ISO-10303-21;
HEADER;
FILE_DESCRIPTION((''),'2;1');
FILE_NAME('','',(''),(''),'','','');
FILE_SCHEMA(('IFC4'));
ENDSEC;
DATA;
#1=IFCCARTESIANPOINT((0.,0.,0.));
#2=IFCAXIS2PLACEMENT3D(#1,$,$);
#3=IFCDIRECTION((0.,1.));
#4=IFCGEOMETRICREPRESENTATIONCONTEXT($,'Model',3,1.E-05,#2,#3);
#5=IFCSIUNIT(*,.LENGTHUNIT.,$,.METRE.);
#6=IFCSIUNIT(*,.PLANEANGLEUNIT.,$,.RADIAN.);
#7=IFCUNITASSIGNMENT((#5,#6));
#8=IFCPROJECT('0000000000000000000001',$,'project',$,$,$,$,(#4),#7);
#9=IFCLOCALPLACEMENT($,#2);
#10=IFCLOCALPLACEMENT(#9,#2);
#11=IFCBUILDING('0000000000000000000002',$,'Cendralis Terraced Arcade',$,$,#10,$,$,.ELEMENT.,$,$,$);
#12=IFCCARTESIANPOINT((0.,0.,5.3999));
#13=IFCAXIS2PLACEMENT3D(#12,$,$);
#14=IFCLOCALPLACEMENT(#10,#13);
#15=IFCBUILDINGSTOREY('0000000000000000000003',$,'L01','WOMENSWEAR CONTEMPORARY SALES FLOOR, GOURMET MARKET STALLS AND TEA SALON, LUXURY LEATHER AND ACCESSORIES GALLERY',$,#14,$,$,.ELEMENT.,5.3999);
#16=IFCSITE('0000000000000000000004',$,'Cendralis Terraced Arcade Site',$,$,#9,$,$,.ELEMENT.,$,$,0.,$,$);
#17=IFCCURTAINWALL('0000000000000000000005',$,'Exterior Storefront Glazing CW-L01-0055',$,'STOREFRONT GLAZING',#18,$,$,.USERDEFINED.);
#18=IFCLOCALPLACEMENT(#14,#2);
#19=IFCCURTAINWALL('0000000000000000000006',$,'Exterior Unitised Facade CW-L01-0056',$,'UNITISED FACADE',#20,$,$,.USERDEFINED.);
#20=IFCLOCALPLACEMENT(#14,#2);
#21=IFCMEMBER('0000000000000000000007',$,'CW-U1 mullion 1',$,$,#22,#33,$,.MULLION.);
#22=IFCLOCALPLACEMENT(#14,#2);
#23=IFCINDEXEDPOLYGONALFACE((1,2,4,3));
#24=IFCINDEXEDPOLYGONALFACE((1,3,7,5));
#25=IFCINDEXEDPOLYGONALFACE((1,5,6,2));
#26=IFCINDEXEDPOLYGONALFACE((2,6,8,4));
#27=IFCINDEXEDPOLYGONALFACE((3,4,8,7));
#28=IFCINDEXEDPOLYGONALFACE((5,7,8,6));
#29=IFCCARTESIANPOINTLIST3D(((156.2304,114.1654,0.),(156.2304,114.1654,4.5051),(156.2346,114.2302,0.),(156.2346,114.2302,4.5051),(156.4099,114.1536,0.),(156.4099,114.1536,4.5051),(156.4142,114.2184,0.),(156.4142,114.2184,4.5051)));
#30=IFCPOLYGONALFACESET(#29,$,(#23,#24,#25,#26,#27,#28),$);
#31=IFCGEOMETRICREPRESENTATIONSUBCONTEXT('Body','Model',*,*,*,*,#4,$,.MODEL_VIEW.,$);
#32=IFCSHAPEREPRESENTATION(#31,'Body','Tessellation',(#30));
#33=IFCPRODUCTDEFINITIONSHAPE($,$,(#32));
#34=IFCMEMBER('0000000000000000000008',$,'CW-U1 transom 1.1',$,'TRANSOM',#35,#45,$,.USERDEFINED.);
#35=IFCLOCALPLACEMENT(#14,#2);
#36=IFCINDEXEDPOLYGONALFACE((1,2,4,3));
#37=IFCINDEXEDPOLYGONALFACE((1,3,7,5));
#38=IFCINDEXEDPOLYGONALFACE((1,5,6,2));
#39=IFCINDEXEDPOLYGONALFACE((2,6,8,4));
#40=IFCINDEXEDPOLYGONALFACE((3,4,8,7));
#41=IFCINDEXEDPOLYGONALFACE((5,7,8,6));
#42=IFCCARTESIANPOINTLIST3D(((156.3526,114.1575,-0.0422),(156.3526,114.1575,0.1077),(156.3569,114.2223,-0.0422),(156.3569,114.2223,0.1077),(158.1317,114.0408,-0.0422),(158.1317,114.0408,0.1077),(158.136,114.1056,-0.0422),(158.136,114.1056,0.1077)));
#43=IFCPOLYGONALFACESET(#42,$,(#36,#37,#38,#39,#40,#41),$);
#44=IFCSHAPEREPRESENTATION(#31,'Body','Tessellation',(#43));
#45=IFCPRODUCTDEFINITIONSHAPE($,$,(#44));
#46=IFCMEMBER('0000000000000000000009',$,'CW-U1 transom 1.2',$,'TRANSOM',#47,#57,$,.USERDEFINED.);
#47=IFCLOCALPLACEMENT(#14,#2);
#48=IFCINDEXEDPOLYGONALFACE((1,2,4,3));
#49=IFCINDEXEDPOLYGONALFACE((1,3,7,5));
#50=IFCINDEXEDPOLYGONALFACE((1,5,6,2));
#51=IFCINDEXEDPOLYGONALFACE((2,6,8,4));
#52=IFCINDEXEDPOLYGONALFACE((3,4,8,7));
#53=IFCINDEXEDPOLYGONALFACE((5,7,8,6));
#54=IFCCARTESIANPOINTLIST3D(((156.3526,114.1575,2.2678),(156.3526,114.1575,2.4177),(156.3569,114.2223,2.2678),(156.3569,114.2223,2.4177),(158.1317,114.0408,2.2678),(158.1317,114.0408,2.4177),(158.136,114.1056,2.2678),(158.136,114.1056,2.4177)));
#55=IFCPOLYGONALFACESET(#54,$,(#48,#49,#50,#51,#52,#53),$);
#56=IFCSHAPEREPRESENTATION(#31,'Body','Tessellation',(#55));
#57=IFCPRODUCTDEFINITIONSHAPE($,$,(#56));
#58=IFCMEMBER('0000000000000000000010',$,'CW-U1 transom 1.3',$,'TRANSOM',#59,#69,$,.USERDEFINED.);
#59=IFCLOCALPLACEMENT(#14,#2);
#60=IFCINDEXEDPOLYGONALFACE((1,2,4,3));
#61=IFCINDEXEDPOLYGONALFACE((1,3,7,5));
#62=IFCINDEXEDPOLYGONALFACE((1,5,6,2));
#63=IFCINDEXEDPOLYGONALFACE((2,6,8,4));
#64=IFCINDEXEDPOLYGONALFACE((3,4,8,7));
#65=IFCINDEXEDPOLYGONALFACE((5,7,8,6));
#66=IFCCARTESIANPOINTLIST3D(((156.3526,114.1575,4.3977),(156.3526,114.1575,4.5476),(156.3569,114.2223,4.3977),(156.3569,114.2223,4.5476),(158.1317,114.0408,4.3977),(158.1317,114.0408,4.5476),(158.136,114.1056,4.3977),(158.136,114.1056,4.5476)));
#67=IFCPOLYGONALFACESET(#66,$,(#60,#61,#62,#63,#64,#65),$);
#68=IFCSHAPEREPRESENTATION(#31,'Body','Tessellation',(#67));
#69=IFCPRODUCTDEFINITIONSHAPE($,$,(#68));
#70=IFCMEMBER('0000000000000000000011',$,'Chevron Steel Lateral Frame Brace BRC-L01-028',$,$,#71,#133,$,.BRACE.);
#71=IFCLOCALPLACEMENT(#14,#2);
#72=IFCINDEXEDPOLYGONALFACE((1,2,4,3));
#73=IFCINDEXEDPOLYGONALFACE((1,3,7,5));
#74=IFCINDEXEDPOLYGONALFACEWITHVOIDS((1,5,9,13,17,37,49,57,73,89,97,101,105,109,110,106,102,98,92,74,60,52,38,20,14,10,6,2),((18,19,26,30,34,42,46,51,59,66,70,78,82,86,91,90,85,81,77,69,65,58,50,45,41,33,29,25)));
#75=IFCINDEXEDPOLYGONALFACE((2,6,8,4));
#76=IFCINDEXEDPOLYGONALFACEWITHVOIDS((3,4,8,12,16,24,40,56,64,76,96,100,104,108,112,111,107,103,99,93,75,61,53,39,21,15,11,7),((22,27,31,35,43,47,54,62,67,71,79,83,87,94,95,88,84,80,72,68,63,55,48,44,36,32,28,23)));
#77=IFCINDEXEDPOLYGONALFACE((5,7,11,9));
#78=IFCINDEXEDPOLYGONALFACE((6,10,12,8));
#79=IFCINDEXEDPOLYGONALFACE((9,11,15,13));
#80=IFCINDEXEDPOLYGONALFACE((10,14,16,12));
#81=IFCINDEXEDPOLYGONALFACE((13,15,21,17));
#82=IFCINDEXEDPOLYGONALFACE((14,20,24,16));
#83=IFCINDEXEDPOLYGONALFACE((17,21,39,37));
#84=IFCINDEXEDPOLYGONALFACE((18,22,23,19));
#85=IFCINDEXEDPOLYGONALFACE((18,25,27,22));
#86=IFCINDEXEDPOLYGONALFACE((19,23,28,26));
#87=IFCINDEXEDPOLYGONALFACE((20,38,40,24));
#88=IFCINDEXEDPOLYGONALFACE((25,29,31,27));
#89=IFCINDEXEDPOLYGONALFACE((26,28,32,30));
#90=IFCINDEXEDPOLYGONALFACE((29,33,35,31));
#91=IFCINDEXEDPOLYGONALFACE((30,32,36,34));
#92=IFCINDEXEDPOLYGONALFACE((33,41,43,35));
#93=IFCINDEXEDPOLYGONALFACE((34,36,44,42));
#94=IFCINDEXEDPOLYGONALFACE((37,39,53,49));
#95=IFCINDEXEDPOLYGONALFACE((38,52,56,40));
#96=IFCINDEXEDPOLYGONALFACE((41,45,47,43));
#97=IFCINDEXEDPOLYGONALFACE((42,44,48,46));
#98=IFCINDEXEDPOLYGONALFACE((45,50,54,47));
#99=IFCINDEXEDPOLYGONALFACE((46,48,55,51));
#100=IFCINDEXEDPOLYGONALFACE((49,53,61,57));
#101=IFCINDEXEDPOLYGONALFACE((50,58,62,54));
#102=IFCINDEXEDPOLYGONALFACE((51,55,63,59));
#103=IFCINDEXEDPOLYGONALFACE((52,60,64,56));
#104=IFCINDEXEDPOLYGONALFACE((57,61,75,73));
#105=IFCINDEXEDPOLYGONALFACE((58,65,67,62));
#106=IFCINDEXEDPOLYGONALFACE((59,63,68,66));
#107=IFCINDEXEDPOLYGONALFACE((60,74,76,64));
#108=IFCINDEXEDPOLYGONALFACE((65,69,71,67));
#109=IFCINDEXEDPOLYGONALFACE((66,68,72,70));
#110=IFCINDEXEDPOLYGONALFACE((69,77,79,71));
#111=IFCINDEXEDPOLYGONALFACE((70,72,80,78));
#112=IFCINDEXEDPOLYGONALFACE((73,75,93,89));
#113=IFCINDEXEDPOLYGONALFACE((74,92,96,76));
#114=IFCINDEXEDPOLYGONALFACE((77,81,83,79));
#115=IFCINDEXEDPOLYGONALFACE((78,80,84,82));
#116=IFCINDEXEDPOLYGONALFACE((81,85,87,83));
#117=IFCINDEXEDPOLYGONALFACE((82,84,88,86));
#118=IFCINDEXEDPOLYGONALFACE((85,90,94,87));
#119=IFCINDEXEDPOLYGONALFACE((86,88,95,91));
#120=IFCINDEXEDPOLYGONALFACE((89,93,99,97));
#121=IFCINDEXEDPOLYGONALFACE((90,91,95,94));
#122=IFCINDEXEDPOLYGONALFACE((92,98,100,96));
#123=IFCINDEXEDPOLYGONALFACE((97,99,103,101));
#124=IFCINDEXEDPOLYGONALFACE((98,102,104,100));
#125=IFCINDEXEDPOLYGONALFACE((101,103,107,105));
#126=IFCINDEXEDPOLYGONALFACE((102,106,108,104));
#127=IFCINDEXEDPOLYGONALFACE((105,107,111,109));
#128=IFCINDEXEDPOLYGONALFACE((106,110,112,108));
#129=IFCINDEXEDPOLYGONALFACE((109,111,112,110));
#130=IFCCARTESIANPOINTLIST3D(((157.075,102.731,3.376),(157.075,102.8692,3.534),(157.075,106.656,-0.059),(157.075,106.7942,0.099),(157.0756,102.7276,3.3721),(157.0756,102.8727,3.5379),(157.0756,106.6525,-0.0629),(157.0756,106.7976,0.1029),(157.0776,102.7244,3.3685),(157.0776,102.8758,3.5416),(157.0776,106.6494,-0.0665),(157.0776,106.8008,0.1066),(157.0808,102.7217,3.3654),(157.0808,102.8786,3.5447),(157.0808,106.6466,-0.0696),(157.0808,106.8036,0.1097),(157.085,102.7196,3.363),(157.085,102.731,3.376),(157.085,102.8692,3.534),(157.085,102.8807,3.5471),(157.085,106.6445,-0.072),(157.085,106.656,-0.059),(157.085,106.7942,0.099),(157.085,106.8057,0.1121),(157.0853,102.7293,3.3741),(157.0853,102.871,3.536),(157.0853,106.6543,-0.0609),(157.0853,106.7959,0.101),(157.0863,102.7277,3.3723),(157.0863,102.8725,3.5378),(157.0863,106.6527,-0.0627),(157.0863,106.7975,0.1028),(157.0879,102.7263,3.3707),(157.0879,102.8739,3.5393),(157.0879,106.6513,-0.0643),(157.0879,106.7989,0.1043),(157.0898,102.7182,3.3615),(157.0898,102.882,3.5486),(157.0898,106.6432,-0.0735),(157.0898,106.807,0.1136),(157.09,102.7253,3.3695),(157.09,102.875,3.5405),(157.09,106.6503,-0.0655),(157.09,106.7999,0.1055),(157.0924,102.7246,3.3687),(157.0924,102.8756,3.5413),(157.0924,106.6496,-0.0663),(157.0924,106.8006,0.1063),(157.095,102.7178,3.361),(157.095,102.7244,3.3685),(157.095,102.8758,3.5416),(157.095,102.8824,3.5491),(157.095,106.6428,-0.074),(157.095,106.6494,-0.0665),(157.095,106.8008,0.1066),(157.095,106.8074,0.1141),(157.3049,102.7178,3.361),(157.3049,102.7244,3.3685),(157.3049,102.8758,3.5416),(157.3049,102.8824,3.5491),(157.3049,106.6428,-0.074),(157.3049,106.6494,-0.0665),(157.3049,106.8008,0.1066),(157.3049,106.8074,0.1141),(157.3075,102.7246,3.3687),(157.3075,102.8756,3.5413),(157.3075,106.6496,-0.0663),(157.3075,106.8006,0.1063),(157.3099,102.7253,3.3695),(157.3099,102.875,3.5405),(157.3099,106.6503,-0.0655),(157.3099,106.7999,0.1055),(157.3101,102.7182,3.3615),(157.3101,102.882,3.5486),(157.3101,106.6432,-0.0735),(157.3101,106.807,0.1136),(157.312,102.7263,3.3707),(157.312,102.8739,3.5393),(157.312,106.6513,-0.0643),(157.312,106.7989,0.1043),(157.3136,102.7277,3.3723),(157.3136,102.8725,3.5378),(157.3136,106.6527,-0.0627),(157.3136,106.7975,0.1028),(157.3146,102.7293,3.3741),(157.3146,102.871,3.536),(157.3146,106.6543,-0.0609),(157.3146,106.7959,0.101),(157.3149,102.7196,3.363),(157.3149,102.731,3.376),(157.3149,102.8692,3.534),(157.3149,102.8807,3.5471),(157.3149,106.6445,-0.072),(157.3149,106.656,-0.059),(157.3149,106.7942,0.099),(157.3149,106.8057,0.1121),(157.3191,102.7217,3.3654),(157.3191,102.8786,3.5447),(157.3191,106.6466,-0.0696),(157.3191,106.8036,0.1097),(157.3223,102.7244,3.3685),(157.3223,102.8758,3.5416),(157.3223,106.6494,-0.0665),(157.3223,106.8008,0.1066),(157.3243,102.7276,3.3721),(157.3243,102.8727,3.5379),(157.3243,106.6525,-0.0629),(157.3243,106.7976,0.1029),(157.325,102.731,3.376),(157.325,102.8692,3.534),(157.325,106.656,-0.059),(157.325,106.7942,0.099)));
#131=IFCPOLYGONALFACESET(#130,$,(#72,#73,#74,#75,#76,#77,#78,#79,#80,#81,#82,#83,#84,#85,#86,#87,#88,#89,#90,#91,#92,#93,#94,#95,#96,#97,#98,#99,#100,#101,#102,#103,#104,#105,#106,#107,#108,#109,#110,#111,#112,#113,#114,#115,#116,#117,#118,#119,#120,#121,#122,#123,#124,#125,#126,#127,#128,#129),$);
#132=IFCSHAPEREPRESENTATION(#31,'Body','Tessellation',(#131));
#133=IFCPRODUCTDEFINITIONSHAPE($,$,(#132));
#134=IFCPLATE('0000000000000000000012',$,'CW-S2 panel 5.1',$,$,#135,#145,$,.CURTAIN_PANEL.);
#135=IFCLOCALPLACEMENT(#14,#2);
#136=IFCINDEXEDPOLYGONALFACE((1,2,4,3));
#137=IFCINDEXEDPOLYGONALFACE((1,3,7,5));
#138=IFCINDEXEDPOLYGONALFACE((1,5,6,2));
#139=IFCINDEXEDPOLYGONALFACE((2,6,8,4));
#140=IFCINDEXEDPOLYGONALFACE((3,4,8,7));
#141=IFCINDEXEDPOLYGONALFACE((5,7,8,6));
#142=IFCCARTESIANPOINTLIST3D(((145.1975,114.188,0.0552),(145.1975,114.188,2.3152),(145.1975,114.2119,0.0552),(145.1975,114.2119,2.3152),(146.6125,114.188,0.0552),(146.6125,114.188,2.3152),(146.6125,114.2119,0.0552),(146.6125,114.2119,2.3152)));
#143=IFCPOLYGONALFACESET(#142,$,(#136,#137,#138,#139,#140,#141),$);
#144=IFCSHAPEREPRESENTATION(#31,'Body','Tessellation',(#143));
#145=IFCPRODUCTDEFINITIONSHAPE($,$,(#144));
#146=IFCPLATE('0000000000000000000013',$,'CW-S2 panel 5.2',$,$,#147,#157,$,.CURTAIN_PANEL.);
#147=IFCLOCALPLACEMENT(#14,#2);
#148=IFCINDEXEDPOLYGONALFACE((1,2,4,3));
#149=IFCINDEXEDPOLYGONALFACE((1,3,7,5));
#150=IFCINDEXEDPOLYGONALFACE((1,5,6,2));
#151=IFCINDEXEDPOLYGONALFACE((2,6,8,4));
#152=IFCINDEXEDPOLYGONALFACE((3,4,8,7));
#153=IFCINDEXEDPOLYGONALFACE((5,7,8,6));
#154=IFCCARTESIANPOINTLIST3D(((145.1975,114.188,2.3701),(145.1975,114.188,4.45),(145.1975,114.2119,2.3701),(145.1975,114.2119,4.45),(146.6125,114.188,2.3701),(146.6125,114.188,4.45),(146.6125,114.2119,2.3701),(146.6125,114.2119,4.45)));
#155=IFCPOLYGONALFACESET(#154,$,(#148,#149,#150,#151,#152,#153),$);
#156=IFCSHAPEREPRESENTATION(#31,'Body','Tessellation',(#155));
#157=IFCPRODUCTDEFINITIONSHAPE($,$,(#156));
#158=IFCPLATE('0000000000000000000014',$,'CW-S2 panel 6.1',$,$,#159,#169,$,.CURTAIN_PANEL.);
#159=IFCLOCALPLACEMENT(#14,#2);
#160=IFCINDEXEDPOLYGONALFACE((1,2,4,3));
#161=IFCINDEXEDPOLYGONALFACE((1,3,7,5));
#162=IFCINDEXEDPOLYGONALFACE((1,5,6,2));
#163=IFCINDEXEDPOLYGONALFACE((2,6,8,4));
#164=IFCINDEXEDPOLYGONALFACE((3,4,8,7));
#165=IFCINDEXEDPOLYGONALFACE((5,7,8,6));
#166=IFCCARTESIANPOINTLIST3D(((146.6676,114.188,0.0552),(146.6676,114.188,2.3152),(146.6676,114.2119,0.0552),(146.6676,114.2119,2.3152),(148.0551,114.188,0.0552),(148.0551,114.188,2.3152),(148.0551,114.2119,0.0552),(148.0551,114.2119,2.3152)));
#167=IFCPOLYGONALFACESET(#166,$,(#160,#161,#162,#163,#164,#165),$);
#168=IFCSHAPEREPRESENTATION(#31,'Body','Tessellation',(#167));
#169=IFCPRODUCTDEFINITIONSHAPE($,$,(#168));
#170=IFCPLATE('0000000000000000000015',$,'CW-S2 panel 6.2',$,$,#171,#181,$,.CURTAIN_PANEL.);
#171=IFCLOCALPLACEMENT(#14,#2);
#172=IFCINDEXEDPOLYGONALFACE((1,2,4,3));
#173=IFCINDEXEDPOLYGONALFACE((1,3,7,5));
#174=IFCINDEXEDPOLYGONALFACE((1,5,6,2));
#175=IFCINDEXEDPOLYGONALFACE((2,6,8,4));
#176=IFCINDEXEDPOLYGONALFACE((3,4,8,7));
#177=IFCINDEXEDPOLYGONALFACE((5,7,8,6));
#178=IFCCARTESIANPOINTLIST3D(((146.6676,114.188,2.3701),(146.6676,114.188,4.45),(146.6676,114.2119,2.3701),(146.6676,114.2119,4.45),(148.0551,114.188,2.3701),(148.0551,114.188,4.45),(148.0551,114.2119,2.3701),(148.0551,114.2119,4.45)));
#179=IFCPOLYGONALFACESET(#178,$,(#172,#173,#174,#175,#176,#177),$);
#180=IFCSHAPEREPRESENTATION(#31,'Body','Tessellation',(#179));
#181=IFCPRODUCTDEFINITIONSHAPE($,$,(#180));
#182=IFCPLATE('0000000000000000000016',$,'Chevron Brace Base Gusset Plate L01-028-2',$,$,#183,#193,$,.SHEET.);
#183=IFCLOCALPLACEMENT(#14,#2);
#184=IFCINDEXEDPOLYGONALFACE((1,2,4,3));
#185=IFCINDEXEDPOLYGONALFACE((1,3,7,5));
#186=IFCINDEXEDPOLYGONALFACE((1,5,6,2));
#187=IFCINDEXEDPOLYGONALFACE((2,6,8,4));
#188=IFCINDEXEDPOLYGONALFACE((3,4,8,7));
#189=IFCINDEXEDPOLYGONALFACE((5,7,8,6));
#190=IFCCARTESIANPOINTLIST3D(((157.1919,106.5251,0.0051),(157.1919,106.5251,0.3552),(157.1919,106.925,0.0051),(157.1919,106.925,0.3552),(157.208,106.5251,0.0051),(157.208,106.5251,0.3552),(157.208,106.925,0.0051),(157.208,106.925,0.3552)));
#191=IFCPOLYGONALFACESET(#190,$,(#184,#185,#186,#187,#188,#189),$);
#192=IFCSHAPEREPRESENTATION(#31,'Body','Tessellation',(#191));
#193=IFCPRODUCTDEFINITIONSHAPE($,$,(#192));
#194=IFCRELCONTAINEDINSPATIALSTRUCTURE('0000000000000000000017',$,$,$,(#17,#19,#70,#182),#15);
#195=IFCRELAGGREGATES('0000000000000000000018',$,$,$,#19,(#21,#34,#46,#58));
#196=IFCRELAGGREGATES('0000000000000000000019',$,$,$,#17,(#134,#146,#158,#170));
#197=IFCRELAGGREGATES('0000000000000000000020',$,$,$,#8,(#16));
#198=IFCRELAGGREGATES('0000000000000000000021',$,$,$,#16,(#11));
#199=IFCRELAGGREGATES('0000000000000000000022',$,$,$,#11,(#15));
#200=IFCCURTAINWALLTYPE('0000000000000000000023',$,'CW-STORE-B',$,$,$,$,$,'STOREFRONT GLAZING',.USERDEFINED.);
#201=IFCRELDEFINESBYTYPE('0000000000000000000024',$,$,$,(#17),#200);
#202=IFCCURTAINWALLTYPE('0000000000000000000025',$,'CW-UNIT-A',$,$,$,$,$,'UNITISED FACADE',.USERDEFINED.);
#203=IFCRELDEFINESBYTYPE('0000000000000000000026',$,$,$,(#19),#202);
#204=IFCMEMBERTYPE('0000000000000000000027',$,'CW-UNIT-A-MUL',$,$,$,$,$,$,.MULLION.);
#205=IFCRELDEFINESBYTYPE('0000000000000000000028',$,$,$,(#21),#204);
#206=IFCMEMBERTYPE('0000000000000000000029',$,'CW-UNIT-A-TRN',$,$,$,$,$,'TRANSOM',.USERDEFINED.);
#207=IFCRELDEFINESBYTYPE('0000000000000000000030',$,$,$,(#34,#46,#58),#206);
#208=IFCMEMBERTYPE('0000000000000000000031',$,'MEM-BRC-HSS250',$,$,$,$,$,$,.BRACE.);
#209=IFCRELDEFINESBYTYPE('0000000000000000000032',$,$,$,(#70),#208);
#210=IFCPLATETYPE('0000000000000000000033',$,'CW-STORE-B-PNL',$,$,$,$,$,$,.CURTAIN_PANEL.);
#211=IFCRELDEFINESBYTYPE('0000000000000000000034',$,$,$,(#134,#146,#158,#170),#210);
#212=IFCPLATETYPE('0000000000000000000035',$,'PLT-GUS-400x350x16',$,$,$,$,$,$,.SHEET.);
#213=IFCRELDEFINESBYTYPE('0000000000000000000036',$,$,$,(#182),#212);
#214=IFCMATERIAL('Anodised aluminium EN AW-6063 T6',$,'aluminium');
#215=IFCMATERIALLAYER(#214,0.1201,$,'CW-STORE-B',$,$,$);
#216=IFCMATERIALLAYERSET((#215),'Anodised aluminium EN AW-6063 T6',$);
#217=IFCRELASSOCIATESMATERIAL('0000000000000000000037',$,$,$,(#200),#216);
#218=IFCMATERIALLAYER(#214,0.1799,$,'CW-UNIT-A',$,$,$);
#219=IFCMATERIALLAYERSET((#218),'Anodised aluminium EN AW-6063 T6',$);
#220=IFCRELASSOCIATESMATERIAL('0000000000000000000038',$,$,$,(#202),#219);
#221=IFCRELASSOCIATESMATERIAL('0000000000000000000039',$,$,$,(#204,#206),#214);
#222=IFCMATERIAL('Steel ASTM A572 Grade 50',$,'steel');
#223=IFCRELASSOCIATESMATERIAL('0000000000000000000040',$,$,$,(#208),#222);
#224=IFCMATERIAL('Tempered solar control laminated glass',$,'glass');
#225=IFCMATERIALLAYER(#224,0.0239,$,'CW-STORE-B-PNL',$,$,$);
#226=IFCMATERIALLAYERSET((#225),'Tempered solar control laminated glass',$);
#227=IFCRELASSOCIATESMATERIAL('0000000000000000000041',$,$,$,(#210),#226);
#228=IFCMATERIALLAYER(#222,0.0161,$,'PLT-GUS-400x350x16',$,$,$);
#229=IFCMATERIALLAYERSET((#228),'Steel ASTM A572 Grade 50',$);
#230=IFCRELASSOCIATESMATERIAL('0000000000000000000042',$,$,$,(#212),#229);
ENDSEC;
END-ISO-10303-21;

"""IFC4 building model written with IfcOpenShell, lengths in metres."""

from ifc_helpers import new_model, si_unit, direction, frame, origin, origin_2d, place, context, subcontext, project, spatial, rectangle, hollow_rectangle, extrude, material, layer, layer_set, material_profile, profile_set, type_object, element, aggregate, save


model = new_model("IFC4")

# Units and contexts
model_context = context("Model", 3, precision=1e-05, world=origin(), true_north=direction((0.0, 1.0)))
body_context = subcontext(model_context, "Body", "Model", "MODEL_VIEW")
ifc_project = project(units=[si_unit("LENGTHUNIT", "METRE"), si_unit("PLANEANGLEUNIT", "RADIAN")], contexts=[model_context])

# Site, building, storey
site_placement = place(None, origin())
site = spatial("IfcSite", under=ifc_project, at=site_placement, Name="Cendralis Terraced Arcade Site", CompositionType="ELEMENT", RefElevation=0.0)
building_placement = place(site_placement, origin())
building = spatial("IfcBuilding", under=site, at=building_placement, Name="Cendralis Terraced Arcade", CompositionType="ELEMENT")
storey_placement = place(building_placement, frame((0.0, 0.0, 5.3999)))
storey = spatial("IfcBuildingStorey", under=building, at=storey_placement, Name="L01", Description="WOMENSWEAR CONTEMPORARY SALES FLOOR, GOURMET MARKET STALLS AND TEA SALON, LUXURY LEATHER AND ACCESSORIES GALLERY", CompositionType="ELEMENT", Elevation=5.3999)

# Curtain walls, members
ifc_material_1 = material(Name="Anodised aluminium EN AW-6063 T6", Category="aluminium")
ifc_layer_1 = layer(ifc_material_1, 0.1201, Name="CW-STORE-B")
ifc_layer_set_1 = layer_set([ifc_layer_1], Name="Anodised aluminium EN AW-6063 T6")
curtain_wall_type_1 = type_object("IfcCurtainWallType", Name="CW-STORE-B", ElementType="STOREFRONT GLAZING", PredefinedType="USERDEFINED", material=ifc_layer_set_1)
curtain_wall_1_placement = place(storey_placement, origin())
curtain_wall_1 = element("IfcCurtainWall", 1, at=curtain_wall_1_placement, inside=storey, type_object=curtain_wall_type_1, Name="Exterior Storefront Glazing CW-L01-0055", ObjectType="STOREFRONT GLAZING", PredefinedType="USERDEFINED")
ifc_layer_2 = layer(ifc_material_1, 0.1799, Name="CW-UNIT-A")
ifc_layer_set_2 = layer_set([ifc_layer_2], Name="Anodised aluminium EN AW-6063 T6")
curtain_wall_type_2 = type_object("IfcCurtainWallType", Name="CW-UNIT-A", ElementType="UNITISED FACADE", PredefinedType="USERDEFINED", material=ifc_layer_set_2)
curtain_wall_2_placement = place(storey_placement, origin())
curtain_wall_2 = element("IfcCurtainWall", 2, at=curtain_wall_2_placement, inside=storey, type_object=curtain_wall_type_2, Name="Exterior Unitised Facade CW-L01-0056", ObjectType="UNITISED FACADE", PredefinedType="USERDEFINED")
ifc_material_profile_1 = material_profile(ifc_material_1, rectangle(XDim=0.0649, YDim=0.1799, at=origin_2d()), Name="ALU-MUL-65x180")
ifc_profile_set_1 = profile_set([ifc_material_profile_1], Name="Anodised aluminium EN AW-6063 T6")
member_type_1 = type_object("IfcMemberType", Name="CW-UNIT-A-MUL", PredefinedType="MULLION", material=ifc_profile_set_1)
member_1_placement = place(storey_placement, frame((156.3223, 114.1919, 0.0), z_axis=(0.0, 0.0, 1.0), x_axis=(0.065398, 0.997859, 0.0)))
member_1 = element("IfcMember", 3, at=member_1_placement, type_object=member_type_1, Name="CW-U1 mullion 1", PredefinedType="MULLION", context=body_context, shape_type="SweptSolid", body=[
    extrude(rectangle(XDim=0.0649, YDim=0.1799, at=origin_2d()), origin(), (0.0, 0.0, 1.0), 4.5051),
])
ifc_material_profile_2 = material_profile(ifc_material_1, rectangle(XDim=0.0649, YDim=0.1499, at=origin_2d()), Name="ALU-TRN-65x150")
ifc_profile_set_2 = profile_set([ifc_material_profile_2], Name="Anodised aluminium EN AW-6063 T6")
member_type_2 = type_object("IfcMemberType", Name="CW-UNIT-A-TRN", ElementType="TRANSOM", PredefinedType="USERDEFINED", material=ifc_profile_set_2)
member_2_placement = place(storey_placement, frame((156.3547, 114.1899, 0.0327), z_axis=(0.997855, -0.065456, 0.0), x_axis=(0.065456, 0.997855, 0.0)))
member_2 = element("IfcMember", 4, at=member_2_placement, type_object=member_type_2, Name="CW-U1 transom 1.1", ObjectType="TRANSOM", PredefinedType="USERDEFINED", context=body_context, shape_type="SweptSolid", body=[
    extrude(rectangle(XDim=0.0649, YDim=0.1499, at=origin_2d()), origin(), (0.0, 0.0, 1.0), 1.783),
])
member_3_placement = place(storey_placement, frame((156.3547, 114.1899, 2.3428), z_axis=(0.997855, -0.065456, 0.0), x_axis=(0.065456, 0.997855, 0.0)))
member_3 = element("IfcMember", 5, at=member_3_placement, type_object=member_type_2, Name="CW-U1 transom 1.2", ObjectType="TRANSOM", PredefinedType="USERDEFINED", context=body_context, shape_type="SweptSolid", body=[
    extrude(rectangle(XDim=0.0649, YDim=0.1499, at=origin_2d()), origin(), (0.0, 0.0, 1.0), 1.783),
])
member_4_placement = place(storey_placement, frame((156.3547, 114.1899, 4.4727), z_axis=(0.997855, -0.065456, 0.0), x_axis=(0.065456, 0.997855, 0.0)))
member_4 = element("IfcMember", 6, at=member_4_placement, type_object=member_type_2, Name="CW-U1 transom 1.3", ObjectType="TRANSOM", PredefinedType="USERDEFINED", context=body_context, shape_type="SweptSolid", body=[
    extrude(rectangle(XDim=0.0649, YDim=0.1499, at=origin_2d()), origin(), (0.0, 0.0, 1.0), 1.783),
])
aggregate(curtain_wall_2, [member_1, member_2, member_3, member_4])

# Member
ifc_material_2 = material(Name="Steel ASTM A572 Grade 50", Category="steel")
ifc_material_profile_3 = material_profile(ifc_material_2, hollow_rectangle(XDim=0.25, YDim=0.25, WallThickness=0.01, InnerFilletRadius=0.01, OuterFilletRadius=0.02, at=origin_2d()), Name="HSS250X250X10", Category="LoadBearing")
ifc_profile_set_3 = profile_set([ifc_material_profile_3], Name="Steel ASTM A572 Grade 50")
member_type_3 = type_object("IfcMemberType", Name="MEM-BRC-HSS250", PredefinedType="BRACE", material=ifc_profile_set_3)
member_5_placement = place(storey_placement, frame((157.2, 106.7251, 0.02), z_axis=(0.0, -0.752516, 0.658574), x_axis=(1.0, 0.0, 0.0)))
element("IfcMember", 7, at=member_5_placement, inside=storey, type_object=member_type_3, Name="Chevron Steel Lateral Frame Brace BRC-L01-028", PredefinedType="BRACE", context=body_context, shape_type="SweptSolid", body=[
    extrude(hollow_rectangle(XDim=0.25, YDim=0.25, WallThickness=0.01, InnerFilletRadius=0.01, OuterFilletRadius=0.02, at=origin_2d()), origin(), (0.0, 0.0, 1.0), 5.2158),
])

# Plates
ifc_material_3 = material(Name="Tempered solar control laminated glass", Category="glass")
ifc_layer_3 = layer(ifc_material_3, 0.0239, Name="CW-STORE-B-PNL")
ifc_layer_set_3 = layer_set([ifc_layer_3], Name="Tempered solar control laminated glass")
plate_type_1 = type_object("IfcPlateType", Name="CW-STORE-B-PNL", PredefinedType="CURTAIN_PANEL", material=ifc_layer_set_3)
plate_1_placement = place(storey_placement, frame((145.905, 114.2, 0.0552), z_axis=(0.0, 0.0, 1.0), x_axis=(1.0, 0.0, 0.0)))
plate_1 = element("IfcPlate", 8, at=plate_1_placement, type_object=plate_type_1, Name="CW-S2 panel 5.1", PredefinedType="CURTAIN_PANEL", context=body_context, shape_type="SweptSolid", body=[
    extrude(rectangle(XDim=1.415, YDim=0.0239, at=origin_2d()), origin(), (0.0, 0.0, 1.0), 2.26),
])
plate_2_placement = place(storey_placement, frame((145.905, 114.2, 2.3701), z_axis=(0.0, 0.0, 1.0), x_axis=(1.0, 0.0, 0.0)))
plate_2 = element("IfcPlate", 9, at=plate_2_placement, type_object=plate_type_1, Name="CW-S2 panel 5.2", PredefinedType="CURTAIN_PANEL", context=body_context, shape_type="SweptSolid", body=[
    extrude(rectangle(XDim=1.415, YDim=0.0239, at=origin_2d()), origin(), (0.0, 0.0, 1.0), 2.0798),
])
plate_3_placement = place(storey_placement, frame((147.3613, 114.2, 0.0552), z_axis=(0.0, 0.0, 1.0), x_axis=(1.0, 0.0, 0.0)))
plate_3 = element("IfcPlate", 10, at=plate_3_placement, type_object=plate_type_1, Name="CW-S2 panel 6.1", PredefinedType="CURTAIN_PANEL", context=body_context, shape_type="SweptSolid", body=[
    extrude(rectangle(XDim=1.3875, YDim=0.0239, at=origin_2d()), origin(), (0.0, 0.0, 1.0), 2.26),
])
plate_4_placement = place(storey_placement, frame((147.3613, 114.2, 2.3701), z_axis=(0.0, 0.0, 1.0), x_axis=(1.0, 0.0, 0.0)))
plate_4 = element("IfcPlate", 11, at=plate_4_placement, type_object=plate_type_1, Name="CW-S2 panel 6.2", PredefinedType="CURTAIN_PANEL", context=body_context, shape_type="SweptSolid", body=[
    extrude(rectangle(XDim=1.3875, YDim=0.0239, at=origin_2d()), origin(), (0.0, 0.0, 1.0), 2.0798),
])
aggregate(curtain_wall_1, [plate_1, plate_2, plate_3, plate_4])

# Plate
ifc_layer_4 = layer(ifc_material_2, 0.0161, Name="PLT-GUS-400x350x16")
ifc_layer_set_4 = layer_set([ifc_layer_4], Name="Steel ASTM A572 Grade 50")
plate_type_2 = type_object("IfcPlateType", Name="PLT-GUS-400x350x16", PredefinedType="SHEET", material=ifc_layer_set_4)
plate_5_placement = place(storey_placement, frame((157.2, 106.7251, 0.0051), z_axis=(0.0, 0.0, 1.0), x_axis=(0.0, 1.0, 0.0)))
element("IfcPlate", 12, at=plate_5_placement, inside=storey, type_object=plate_type_2, Name="Chevron Brace Base Gusset Plate L01-028-2", PredefinedType="SHEET", context=body_context, shape_type="SweptSolid", body=[
    extrude(rectangle(XDim=0.3999, YDim=0.0161, at=origin_2d()), origin(), (0.0, 0.0, 1.0), 0.3501),
])

save(model, "model.ifc")
